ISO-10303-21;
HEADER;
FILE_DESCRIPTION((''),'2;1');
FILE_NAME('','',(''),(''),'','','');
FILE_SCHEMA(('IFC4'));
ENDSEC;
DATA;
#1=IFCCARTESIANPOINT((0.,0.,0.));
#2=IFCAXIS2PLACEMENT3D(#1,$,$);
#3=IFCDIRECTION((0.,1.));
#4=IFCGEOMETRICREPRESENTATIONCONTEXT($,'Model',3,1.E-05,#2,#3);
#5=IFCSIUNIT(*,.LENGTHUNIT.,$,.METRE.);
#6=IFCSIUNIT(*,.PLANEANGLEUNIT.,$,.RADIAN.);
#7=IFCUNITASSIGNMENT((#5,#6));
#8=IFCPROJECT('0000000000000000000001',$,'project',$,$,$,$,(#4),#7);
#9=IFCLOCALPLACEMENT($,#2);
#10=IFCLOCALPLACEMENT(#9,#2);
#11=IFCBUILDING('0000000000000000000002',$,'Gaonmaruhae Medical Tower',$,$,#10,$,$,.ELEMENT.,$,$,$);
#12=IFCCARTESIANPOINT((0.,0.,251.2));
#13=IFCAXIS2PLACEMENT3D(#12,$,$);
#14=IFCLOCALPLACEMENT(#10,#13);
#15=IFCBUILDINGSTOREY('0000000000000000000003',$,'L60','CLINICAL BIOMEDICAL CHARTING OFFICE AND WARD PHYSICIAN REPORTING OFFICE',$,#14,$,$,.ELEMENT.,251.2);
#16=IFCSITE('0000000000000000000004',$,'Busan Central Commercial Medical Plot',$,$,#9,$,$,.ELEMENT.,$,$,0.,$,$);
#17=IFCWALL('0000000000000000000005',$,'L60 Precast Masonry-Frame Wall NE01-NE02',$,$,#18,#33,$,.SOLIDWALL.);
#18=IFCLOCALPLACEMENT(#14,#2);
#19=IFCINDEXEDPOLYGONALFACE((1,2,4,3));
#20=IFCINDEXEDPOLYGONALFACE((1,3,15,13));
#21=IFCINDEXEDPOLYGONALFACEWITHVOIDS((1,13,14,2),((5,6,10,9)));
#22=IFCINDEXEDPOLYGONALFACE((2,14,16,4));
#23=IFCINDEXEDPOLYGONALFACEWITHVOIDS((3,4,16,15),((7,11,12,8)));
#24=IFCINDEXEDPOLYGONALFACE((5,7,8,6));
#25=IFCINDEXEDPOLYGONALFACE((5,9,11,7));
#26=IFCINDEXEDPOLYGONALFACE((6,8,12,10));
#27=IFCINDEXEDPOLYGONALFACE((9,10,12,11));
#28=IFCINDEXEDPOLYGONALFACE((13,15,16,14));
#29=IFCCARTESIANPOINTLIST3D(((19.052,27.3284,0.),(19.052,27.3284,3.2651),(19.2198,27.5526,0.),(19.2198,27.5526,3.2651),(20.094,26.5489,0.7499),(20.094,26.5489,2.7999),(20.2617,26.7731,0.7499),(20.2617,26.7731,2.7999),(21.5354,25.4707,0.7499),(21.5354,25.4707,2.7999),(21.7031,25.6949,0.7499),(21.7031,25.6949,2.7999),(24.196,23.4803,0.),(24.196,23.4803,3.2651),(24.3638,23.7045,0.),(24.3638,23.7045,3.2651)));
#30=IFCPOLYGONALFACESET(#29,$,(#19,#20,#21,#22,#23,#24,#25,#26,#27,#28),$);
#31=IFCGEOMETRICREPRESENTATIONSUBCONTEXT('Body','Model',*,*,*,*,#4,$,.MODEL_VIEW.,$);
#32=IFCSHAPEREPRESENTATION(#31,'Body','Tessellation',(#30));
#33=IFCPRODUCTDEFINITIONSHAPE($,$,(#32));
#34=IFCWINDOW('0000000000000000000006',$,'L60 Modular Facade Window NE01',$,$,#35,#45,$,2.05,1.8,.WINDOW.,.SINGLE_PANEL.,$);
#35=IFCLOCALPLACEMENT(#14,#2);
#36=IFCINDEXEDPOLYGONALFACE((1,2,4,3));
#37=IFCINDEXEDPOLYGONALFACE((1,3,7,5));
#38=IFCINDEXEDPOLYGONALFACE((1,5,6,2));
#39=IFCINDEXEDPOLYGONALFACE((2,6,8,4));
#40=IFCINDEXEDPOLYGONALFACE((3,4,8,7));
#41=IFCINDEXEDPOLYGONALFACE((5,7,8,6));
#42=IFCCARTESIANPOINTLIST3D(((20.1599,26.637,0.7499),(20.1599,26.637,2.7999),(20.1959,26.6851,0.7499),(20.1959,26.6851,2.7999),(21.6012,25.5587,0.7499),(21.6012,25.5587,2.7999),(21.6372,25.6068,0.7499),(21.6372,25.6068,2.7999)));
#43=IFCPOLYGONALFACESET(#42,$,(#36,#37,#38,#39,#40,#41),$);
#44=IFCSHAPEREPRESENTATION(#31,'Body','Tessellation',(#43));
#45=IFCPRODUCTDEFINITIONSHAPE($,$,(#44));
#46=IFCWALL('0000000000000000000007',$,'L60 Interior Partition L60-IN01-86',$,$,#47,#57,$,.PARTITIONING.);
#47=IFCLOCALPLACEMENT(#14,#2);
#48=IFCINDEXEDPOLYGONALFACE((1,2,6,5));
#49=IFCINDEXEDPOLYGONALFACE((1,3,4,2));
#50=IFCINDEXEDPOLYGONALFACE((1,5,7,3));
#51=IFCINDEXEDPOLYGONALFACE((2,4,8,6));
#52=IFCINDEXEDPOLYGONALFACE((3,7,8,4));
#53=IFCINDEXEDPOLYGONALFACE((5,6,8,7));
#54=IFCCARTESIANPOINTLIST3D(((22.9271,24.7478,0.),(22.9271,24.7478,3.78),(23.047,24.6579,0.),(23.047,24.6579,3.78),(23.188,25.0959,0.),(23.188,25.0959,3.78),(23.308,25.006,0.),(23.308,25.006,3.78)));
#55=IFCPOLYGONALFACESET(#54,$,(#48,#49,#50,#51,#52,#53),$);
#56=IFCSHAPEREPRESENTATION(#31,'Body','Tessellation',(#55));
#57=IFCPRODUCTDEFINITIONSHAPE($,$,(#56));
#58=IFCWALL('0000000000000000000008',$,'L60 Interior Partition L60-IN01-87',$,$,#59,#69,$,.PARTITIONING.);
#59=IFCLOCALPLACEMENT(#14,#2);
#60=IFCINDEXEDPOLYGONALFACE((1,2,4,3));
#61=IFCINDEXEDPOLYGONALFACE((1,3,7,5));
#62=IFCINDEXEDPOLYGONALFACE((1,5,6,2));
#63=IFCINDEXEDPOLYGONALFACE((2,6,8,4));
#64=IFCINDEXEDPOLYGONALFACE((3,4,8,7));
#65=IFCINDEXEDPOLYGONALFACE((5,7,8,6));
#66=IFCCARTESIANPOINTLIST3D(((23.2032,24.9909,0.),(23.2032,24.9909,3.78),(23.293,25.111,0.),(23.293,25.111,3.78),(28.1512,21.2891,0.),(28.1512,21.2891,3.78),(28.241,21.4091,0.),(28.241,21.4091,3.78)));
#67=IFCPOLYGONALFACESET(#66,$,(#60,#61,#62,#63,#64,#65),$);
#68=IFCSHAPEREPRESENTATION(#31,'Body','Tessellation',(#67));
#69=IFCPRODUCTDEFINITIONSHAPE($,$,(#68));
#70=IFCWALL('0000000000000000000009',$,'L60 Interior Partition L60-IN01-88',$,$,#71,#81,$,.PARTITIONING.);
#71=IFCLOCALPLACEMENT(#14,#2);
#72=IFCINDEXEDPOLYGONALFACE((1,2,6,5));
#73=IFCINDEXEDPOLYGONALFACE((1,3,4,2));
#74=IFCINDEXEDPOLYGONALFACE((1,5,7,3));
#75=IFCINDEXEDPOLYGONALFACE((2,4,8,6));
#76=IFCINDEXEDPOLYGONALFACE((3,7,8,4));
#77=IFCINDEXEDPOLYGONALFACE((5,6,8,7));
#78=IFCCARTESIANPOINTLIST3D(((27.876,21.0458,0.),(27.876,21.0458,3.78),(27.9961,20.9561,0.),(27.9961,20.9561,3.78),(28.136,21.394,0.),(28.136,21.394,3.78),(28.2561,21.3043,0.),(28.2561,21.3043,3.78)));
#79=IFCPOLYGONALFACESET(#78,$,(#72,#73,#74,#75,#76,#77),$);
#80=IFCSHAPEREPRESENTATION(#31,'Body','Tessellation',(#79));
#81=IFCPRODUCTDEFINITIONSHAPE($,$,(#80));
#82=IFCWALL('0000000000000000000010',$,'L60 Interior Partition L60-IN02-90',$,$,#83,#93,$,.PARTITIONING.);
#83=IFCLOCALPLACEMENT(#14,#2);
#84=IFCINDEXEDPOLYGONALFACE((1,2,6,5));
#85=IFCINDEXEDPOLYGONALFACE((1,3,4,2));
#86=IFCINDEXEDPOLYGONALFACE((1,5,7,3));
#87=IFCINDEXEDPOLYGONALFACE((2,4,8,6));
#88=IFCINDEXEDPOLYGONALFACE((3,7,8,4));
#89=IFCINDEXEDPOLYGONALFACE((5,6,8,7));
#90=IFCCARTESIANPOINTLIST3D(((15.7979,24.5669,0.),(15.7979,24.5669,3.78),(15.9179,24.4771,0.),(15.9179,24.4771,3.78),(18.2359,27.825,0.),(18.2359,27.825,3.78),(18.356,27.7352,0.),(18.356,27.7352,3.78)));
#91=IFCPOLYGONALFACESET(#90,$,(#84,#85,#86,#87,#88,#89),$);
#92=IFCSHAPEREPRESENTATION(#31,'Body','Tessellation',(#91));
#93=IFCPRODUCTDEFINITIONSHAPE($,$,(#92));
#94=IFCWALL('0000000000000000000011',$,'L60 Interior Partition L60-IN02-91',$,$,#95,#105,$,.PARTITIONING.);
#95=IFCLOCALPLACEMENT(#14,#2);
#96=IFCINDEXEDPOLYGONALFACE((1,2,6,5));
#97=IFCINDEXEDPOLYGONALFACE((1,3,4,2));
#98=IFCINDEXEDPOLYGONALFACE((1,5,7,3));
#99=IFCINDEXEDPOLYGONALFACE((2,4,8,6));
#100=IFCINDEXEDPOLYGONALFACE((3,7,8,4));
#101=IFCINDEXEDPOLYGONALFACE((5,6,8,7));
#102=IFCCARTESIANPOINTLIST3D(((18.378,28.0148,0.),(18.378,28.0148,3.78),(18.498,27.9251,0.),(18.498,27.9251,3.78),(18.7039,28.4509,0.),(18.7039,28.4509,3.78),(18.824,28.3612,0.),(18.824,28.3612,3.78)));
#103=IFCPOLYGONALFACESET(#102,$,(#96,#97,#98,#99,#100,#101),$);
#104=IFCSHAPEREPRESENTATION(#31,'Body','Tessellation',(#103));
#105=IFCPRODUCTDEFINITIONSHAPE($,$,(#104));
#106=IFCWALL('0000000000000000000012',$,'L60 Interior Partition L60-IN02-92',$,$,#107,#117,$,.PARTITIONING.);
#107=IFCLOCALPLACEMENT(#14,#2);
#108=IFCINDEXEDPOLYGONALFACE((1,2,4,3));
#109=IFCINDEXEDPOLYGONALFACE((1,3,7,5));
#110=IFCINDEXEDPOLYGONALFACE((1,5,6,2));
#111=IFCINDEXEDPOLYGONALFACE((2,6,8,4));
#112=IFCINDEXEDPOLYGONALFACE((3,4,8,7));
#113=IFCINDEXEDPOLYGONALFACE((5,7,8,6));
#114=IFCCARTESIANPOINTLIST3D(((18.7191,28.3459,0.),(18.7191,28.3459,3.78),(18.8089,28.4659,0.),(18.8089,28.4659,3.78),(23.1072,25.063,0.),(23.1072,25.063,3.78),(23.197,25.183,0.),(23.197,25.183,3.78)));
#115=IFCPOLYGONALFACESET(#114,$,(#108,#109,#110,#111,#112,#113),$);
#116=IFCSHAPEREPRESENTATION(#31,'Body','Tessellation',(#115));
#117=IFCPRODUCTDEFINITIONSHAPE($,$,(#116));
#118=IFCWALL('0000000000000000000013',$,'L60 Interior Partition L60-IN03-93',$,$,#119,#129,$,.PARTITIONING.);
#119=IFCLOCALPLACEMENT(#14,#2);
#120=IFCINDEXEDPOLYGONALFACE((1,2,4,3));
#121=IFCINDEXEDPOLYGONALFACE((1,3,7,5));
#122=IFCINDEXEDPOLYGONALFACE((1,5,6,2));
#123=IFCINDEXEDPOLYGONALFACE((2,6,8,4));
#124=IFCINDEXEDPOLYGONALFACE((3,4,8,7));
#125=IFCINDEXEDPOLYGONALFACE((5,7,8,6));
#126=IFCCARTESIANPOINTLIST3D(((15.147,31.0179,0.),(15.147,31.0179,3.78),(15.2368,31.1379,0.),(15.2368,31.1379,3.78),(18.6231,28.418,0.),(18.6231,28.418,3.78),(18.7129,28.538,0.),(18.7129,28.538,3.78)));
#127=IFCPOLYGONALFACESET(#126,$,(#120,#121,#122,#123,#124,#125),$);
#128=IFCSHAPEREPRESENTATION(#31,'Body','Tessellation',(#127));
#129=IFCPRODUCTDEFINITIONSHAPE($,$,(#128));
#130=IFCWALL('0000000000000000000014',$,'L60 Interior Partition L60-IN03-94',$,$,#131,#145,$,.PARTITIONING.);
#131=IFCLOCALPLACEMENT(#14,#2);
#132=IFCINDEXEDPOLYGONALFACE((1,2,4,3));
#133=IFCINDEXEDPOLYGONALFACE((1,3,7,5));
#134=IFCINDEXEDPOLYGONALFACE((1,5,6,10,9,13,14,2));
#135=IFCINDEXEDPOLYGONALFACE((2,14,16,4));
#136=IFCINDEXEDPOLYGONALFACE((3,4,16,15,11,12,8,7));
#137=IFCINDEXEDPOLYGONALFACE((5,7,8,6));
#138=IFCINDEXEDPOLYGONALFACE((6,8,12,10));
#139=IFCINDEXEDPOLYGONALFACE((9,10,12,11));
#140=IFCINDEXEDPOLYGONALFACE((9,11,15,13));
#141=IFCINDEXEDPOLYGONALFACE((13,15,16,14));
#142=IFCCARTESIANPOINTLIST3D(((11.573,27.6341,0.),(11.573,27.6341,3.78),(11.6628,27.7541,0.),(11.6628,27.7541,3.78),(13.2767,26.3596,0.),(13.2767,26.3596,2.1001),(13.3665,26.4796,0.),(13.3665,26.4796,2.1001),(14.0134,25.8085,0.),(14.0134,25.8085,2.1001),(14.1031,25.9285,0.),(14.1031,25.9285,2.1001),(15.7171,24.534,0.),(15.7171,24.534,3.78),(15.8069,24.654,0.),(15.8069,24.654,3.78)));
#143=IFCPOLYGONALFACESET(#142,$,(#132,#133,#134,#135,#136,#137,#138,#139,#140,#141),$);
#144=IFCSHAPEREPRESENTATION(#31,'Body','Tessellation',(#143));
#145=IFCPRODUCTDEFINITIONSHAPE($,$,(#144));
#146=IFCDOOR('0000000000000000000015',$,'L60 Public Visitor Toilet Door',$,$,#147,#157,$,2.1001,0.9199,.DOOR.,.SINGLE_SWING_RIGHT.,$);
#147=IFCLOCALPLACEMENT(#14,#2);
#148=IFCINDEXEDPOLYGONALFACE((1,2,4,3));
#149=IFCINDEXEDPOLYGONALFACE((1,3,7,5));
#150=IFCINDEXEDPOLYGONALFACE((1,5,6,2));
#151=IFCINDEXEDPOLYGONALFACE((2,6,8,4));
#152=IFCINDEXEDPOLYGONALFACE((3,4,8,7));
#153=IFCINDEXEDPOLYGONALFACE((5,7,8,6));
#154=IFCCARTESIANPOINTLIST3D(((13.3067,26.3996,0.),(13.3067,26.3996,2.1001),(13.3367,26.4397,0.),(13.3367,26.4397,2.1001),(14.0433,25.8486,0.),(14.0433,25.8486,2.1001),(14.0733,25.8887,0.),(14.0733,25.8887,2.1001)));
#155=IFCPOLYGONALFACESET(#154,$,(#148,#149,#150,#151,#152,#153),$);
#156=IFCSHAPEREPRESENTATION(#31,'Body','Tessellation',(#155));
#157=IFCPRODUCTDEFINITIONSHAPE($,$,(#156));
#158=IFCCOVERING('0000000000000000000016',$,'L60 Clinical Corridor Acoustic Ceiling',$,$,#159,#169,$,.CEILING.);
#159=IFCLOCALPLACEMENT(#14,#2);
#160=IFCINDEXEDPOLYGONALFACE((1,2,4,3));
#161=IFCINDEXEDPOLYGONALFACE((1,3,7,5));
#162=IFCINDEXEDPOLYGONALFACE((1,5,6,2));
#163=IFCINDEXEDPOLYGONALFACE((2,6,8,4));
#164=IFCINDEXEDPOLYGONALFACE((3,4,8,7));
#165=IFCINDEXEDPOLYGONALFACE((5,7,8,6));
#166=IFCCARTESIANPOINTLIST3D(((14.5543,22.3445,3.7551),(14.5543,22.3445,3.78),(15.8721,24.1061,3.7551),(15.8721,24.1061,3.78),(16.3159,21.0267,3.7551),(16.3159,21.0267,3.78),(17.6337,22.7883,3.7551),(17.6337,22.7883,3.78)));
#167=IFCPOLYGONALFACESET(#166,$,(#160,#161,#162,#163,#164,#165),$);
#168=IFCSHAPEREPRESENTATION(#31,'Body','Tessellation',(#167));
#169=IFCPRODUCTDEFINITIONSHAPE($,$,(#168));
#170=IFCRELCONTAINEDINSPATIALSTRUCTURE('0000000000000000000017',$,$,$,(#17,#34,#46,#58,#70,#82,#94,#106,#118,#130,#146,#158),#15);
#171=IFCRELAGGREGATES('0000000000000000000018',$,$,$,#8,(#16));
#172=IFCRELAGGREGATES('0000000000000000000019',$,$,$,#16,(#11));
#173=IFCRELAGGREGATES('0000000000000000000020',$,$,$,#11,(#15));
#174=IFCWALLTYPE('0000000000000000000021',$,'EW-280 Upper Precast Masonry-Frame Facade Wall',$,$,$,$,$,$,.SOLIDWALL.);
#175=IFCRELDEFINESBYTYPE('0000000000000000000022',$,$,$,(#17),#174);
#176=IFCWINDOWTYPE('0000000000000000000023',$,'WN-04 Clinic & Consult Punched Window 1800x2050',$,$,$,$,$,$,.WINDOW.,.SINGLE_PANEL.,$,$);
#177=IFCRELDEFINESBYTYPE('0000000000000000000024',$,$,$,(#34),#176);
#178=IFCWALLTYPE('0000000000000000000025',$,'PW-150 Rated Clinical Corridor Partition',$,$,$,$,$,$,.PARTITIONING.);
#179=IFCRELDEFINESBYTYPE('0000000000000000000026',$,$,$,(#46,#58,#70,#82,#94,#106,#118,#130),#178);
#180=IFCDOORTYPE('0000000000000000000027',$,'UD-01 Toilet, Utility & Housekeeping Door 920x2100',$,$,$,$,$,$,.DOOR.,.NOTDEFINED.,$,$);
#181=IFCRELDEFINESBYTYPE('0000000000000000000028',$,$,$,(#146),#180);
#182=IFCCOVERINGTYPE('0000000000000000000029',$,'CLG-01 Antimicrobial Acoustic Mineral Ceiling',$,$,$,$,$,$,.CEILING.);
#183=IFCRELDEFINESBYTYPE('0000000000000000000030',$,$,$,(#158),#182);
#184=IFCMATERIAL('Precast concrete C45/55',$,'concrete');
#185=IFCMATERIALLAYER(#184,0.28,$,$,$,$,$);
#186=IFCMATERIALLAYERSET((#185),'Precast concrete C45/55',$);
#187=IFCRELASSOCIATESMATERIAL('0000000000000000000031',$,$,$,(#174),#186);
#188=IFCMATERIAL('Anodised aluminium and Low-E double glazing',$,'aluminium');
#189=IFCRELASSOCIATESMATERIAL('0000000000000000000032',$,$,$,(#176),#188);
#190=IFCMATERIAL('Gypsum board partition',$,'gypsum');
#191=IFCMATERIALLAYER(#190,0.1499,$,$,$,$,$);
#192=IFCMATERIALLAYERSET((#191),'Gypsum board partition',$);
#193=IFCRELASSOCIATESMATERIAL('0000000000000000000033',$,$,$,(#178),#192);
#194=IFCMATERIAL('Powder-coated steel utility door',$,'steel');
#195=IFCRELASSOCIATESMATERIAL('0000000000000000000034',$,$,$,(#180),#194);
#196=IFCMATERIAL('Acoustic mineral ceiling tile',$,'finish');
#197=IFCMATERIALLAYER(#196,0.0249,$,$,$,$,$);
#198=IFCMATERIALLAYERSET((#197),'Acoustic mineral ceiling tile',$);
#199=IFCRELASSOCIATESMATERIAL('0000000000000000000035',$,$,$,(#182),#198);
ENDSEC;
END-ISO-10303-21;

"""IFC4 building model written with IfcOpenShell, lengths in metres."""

from ifc_helpers import new_model, si_unit, direction, frame, frame_2d, origin, origin_2d, place, context, subcontext, project, spatial, rectangle, extrude, material, layer, layer_set, type_object, element, fill, save


model = new_model("IFC4")

# Units and contexts
model_context = context("Model", 3, precision=1e-05, world=origin(), true_north=direction((0.0, 1.0)))
body_context = subcontext(model_context, "Body", "Model", "MODEL_VIEW")
ifc_project = project(units=[si_unit("LENGTHUNIT", "METRE"), si_unit("PLANEANGLEUNIT", "RADIAN")], contexts=[model_context])

# Site, building, storey
site_placement = place(None, origin())
site = spatial("IfcSite", under=ifc_project, at=site_placement, Name="Busan Central Commercial Medical Plot", CompositionType="ELEMENT", RefElevation=0.0)
building_placement = place(site_placement, origin())
building = spatial("IfcBuilding", under=site, at=building_placement, Name="Gaonmaruhae Medical Tower", CompositionType="ELEMENT")
storey_placement = place(building_placement, frame((0.0, 0.0, 251.2)))
storey = spatial("IfcBuildingStorey", under=building, at=storey_placement, Name="L60", Description="CLINICAL BIOMEDICAL CHARTING OFFICE AND WARD PHYSICIAN REPORTING OFFICE", CompositionType="ELEMENT", Elevation=251.2)

# Shared definitions
ifc_material_1 = material(Name="Precast concrete C45/55", Category="concrete")
ifc_layer_1 = layer(ifc_material_1, 0.28)
ifc_layer_set_1 = layer_set([ifc_layer_1], Name="Precast concrete C45/55")
wall_type_1 = type_object("IfcWallType", Name="EW-280 Upper Precast Masonry-Frame Facade Wall", PredefinedType="SOLIDWALL", material=ifc_layer_set_1)

# Wall, opening, window
wall_1_placement = place(storey_placement, frame((19.136, 27.4404, 0.0), z_axis=(0.0, 0.0, 1.0), x_axis=(0.800738, -0.599014, 0.0)))
wall_1 = element("IfcWall", 1, at=wall_1_placement, inside=storey, type_object=wall_type_1, Name="L60 Precast Masonry-Frame Wall NE01-NE02", PredefinedType="SOLIDWALL", context=body_context, shape_type="SweptSolid", body=[
    extrude(rectangle(XDim=6.4241, YDim=0.28, at=frame_2d((3.2119, 0.0))), origin(), (0.0, 0.0, 1.0), 3.2651),
])
opening_1_placement = place(wall_1_placement, frame((1.3013, 0.0, 0.75)))
opening_1 = element("IfcOpeningElement", 2, at=opening_1_placement, cuts=wall_1, PredefinedType="OPENING", context=body_context, shape_type="SweptSolid", body=[
    extrude(rectangle(XDim=1.8, YDim=2.05, at=frame_2d((0.8999, 1.0249))), frame((0.0, 0.1499, 0.0), z_axis=(0.0, -1.0, 0.0), x_axis=(1.0, 0.0, 0.0)), (0.0, 0.0, 1.0), 0.3),
])
ifc_material_2 = material(Name="Anodised aluminium and Low-E double glazing", Category="aluminium")
window_type = type_object("IfcWindowType", Name="WN-04 Clinic & Consult Punched Window 1800x2050", PartitioningType="SINGLE_PANEL", PredefinedType="WINDOW", material=ifc_material_2)
window_placement = place(opening_1_placement, origin())
window = element("IfcWindow", 3, at=window_placement, inside=storey, type_object=window_type, Name="L60 Modular Facade Window NE01", OverallHeight=2.05, OverallWidth=1.8, PartitioningType="SINGLE_PANEL", PredefinedType="WINDOW", context=body_context, shape_type="SweptSolid", body=[
    extrude(rectangle(XDim=1.8, YDim=2.05, at=frame_2d((0.8999, 1.0249))), frame((0.0, 0.03, 0.0), z_axis=(0.0, -1.0, 0.0), x_axis=(1.0, 0.0, 0.0)), (0.0, 0.0, 1.0), 0.0601),
])
fill(opening_1, window)

# Walls
ifc_material_3 = material(Name="Gypsum board partition", Category="gypsum")
ifc_layer_2 = layer(ifc_material_3, 0.1499)
ifc_layer_set_2 = layer_set([ifc_layer_2], Name="Gypsum board partition")
wall_type_2 = type_object("IfcWallType", Name="PW-150 Rated Clinical Corridor Partition", PredefinedType="PARTITIONING", material=ifc_layer_set_2)
wall_2_placement = place(storey_placement, frame((22.9871, 24.7029, 0.0), z_axis=(0.0, 0.0, 1.0), x_axis=(0.59982, 0.800135, 0.0)))
element("IfcWall", 4, at=wall_2_placement, inside=storey, type_object=wall_type_2, Name="L60 Interior Partition L60-IN01-86", PredefinedType="PARTITIONING", context=body_context, shape_type="SweptSolid", body=[
    extrude(rectangle(XDim=0.4351, YDim=0.1499, at=frame_2d((0.2175, 0.0))), origin(), (0.0, 0.0, 1.0), 3.78),
])
wall_3_placement = place(storey_placement, frame((23.248, 25.051, 0.0), z_axis=(0.0, 0.0, 1.0), x_axis=(0.800706, -0.599058, 0.0)))
element("IfcWall", 5, at=wall_3_placement, inside=storey, type_object=wall_type_2, Name="L60 Interior Partition L60-IN01-87", PredefinedType="PARTITIONING", context=body_context, shape_type="SweptSolid", body=[
    extrude(rectangle(XDim=6.1794, YDim=0.1499, at=frame_2d((3.0898, 0.0))), origin(), (0.0, 0.0, 1.0), 3.78),
])
wall_4_placement = place(storey_placement, frame((28.196, 21.3491, 0.0), z_axis=(0.0, 0.0, 1.0), x_axis=(-0.598381, -0.801212, 0.0)))
element("IfcWall", 6, at=wall_4_placement, inside=storey, type_object=wall_type_2, Name="L60 Interior Partition L60-IN01-88", PredefinedType="PARTITIONING", context=body_context, shape_type="SweptSolid", body=[
    extrude(rectangle(XDim=0.4346, YDim=0.1499, at=frame_2d((0.2173, 0.0))), origin(), (0.0, 0.0, 1.0), 3.78),
])
wall_5_placement = place(storey_placement, frame((15.8579, 24.522, 0.0), z_axis=(0.0, 0.0, 1.0), x_axis=(0.599126, 0.800655, 0.0)))
element("IfcWall", 7, at=wall_5_placement, inside=storey, type_object=wall_type_2, Name="L60 Interior Partition L60-IN02-90", PredefinedType="PARTITIONING", context=body_context, shape_type="SweptSolid", body=[
    extrude(rectangle(XDim=4.0693, YDim=0.1499, at=frame_2d((2.0347, 0.0))), origin(), (0.0, 0.0, 1.0), 3.78),
])
wall_6_placement = place(storey_placement, frame((18.438, 27.97, 0.0), z_axis=(0.0, 0.0, 1.0), x_axis=(0.598708, 0.800968, 0.0)))
element("IfcWall", 8, at=wall_6_placement, inside=storey, type_object=wall_type_2, Name="L60 Interior Partition L60-IN02-91", PredefinedType="PARTITIONING", context=body_context, shape_type="SweptSolid", body=[
    extrude(rectangle(XDim=0.5444, YDim=0.1499, at=frame_2d((0.2722, 0.0))), origin(), (0.0, 0.0, 1.0), 3.78),
])
wall_7_placement = place(storey_placement, frame((18.7639, 28.406, 0.0), z_axis=(0.0, 0.0, 1.0), x_axis=(0.800716, -0.599044, 0.0)))
element("IfcWall", 9, at=wall_7_placement, inside=storey, type_object=wall_type_2, Name="L60 Interior Partition L60-IN02-92", PredefinedType="PARTITIONING", context=body_context, shape_type="SweptSolid", body=[
    extrude(rectangle(XDim=5.4802, YDim=0.1499, at=frame_2d((2.7402, 0.0))), origin(), (0.0, 0.0, 1.0), 3.78),
])
wall_8_placement = place(storey_placement, frame((15.1919, 31.0779, 0.0), z_axis=(0.0, 0.0, 1.0), x_axis=(0.800796, -0.598938, 0.0)))
element("IfcWall", 10, at=wall_8_placement, inside=storey, type_object=wall_type_2, Name="L60 Interior Partition L60-IN03-93", PredefinedType="PARTITIONING", context=body_context, shape_type="SweptSolid", body=[
    extrude(rectangle(XDim=4.3408, YDim=0.1499, at=frame_2d((2.1704, 0.0))), origin(), (0.0, 0.0, 1.0), 3.78),
])

# Wall, opening, door
wall_9_placement = place(storey_placement, frame((15.762, 24.594, 0.0), z_axis=(0.0, 0.0, 1.0), x_axis=(-0.800735, 0.599018, 0.0)))
wall_9 = element("IfcWall", 11, at=wall_9_placement, inside=storey, type_object=wall_type_2, Name="L60 Interior Partition L60-IN03-94", PredefinedType="PARTITIONING", context=body_context, shape_type="SweptSolid", body=[
    extrude(rectangle(XDim=5.1753, YDim=0.1499, at=frame_2d((2.5876, 0.0))), origin(), (0.0, 0.0, 1.0), 3.78),
])
opening_2_placement = place(wall_9_placement, frame((2.1277, 0.0, 0.0)))
opening_2 = element("IfcOpeningElement", 12, at=opening_2_placement, cuts=wall_9, PredefinedType="OPENING", context=body_context, shape_type="SweptSolid", body=[
    extrude(rectangle(XDim=0.9199, YDim=2.1001, at=frame_2d((0.46, 1.05))), frame((0.0, 0.085, 0.0), z_axis=(0.0, -1.0, 0.0), x_axis=(1.0, 0.0, 0.0)), (0.0, 0.0, 1.0), 0.1699),
])
ifc_material_4 = material(Name="Powder-coated steel utility door", Category="steel")
door_type = type_object("IfcDoorType", Name="UD-01 Toilet, Utility & Housekeeping Door 920x2100", OperationType="NOTDEFINED", PredefinedType="DOOR", material=ifc_material_4)
door_placement = place(opening_2_placement, origin())
door = element("IfcDoor", 13, at=door_placement, inside=storey, type_object=door_type, Name="L60 Public Visitor Toilet Door", OperationType="SINGLE_SWING_RIGHT", OverallHeight=2.1001, OverallWidth=0.9199, PredefinedType="DOOR", context=body_context, shape_type="SweptSolid", body=[
    extrude(rectangle(XDim=0.9199, YDim=2.1001, at=frame_2d((0.46, 1.05))), frame((0.0, 0.0249, 0.0), z_axis=(0.0, -1.0, 0.0), x_axis=(1.0, 0.0, 0.0)), (0.0, 0.0, 1.0), 0.05),
])
fill(opening_2, door)

# Covering
ifc_material_5 = material(Name="Acoustic mineral ceiling tile", Category="finish")
ifc_layer_3 = layer(ifc_material_5, 0.0249)
ifc_layer_set_3 = layer_set([ifc_layer_3], Name="Acoustic mineral ceiling tile")
covering_type_1 = type_object("IfcCoveringType", Name="CLG-01 Antimicrobial Acoustic Mineral Ceiling", PredefinedType="CEILING", material=ifc_layer_set_3)
covering_1_placement = place(storey_placement, frame((16.094, 22.5664, 3.7551), z_axis=(0.0, 0.0, 1.0), x_axis=(0.599024, 0.800731, 0.0)))
element("IfcCovering", 14, at=covering_1_placement, inside=storey, type_object=covering_type_1, Name="L60 Clinical Corridor Acoustic Ceiling", PredefinedType="CEILING", context=body_context, shape_type="SweptSolid", body=[
    extrude(rectangle(XDim=2.2, YDim=2.2, at=origin_2d()), origin(), (0.0, 0.0, 1.0), 0.0249),
])

save(model, "model.ifc")
